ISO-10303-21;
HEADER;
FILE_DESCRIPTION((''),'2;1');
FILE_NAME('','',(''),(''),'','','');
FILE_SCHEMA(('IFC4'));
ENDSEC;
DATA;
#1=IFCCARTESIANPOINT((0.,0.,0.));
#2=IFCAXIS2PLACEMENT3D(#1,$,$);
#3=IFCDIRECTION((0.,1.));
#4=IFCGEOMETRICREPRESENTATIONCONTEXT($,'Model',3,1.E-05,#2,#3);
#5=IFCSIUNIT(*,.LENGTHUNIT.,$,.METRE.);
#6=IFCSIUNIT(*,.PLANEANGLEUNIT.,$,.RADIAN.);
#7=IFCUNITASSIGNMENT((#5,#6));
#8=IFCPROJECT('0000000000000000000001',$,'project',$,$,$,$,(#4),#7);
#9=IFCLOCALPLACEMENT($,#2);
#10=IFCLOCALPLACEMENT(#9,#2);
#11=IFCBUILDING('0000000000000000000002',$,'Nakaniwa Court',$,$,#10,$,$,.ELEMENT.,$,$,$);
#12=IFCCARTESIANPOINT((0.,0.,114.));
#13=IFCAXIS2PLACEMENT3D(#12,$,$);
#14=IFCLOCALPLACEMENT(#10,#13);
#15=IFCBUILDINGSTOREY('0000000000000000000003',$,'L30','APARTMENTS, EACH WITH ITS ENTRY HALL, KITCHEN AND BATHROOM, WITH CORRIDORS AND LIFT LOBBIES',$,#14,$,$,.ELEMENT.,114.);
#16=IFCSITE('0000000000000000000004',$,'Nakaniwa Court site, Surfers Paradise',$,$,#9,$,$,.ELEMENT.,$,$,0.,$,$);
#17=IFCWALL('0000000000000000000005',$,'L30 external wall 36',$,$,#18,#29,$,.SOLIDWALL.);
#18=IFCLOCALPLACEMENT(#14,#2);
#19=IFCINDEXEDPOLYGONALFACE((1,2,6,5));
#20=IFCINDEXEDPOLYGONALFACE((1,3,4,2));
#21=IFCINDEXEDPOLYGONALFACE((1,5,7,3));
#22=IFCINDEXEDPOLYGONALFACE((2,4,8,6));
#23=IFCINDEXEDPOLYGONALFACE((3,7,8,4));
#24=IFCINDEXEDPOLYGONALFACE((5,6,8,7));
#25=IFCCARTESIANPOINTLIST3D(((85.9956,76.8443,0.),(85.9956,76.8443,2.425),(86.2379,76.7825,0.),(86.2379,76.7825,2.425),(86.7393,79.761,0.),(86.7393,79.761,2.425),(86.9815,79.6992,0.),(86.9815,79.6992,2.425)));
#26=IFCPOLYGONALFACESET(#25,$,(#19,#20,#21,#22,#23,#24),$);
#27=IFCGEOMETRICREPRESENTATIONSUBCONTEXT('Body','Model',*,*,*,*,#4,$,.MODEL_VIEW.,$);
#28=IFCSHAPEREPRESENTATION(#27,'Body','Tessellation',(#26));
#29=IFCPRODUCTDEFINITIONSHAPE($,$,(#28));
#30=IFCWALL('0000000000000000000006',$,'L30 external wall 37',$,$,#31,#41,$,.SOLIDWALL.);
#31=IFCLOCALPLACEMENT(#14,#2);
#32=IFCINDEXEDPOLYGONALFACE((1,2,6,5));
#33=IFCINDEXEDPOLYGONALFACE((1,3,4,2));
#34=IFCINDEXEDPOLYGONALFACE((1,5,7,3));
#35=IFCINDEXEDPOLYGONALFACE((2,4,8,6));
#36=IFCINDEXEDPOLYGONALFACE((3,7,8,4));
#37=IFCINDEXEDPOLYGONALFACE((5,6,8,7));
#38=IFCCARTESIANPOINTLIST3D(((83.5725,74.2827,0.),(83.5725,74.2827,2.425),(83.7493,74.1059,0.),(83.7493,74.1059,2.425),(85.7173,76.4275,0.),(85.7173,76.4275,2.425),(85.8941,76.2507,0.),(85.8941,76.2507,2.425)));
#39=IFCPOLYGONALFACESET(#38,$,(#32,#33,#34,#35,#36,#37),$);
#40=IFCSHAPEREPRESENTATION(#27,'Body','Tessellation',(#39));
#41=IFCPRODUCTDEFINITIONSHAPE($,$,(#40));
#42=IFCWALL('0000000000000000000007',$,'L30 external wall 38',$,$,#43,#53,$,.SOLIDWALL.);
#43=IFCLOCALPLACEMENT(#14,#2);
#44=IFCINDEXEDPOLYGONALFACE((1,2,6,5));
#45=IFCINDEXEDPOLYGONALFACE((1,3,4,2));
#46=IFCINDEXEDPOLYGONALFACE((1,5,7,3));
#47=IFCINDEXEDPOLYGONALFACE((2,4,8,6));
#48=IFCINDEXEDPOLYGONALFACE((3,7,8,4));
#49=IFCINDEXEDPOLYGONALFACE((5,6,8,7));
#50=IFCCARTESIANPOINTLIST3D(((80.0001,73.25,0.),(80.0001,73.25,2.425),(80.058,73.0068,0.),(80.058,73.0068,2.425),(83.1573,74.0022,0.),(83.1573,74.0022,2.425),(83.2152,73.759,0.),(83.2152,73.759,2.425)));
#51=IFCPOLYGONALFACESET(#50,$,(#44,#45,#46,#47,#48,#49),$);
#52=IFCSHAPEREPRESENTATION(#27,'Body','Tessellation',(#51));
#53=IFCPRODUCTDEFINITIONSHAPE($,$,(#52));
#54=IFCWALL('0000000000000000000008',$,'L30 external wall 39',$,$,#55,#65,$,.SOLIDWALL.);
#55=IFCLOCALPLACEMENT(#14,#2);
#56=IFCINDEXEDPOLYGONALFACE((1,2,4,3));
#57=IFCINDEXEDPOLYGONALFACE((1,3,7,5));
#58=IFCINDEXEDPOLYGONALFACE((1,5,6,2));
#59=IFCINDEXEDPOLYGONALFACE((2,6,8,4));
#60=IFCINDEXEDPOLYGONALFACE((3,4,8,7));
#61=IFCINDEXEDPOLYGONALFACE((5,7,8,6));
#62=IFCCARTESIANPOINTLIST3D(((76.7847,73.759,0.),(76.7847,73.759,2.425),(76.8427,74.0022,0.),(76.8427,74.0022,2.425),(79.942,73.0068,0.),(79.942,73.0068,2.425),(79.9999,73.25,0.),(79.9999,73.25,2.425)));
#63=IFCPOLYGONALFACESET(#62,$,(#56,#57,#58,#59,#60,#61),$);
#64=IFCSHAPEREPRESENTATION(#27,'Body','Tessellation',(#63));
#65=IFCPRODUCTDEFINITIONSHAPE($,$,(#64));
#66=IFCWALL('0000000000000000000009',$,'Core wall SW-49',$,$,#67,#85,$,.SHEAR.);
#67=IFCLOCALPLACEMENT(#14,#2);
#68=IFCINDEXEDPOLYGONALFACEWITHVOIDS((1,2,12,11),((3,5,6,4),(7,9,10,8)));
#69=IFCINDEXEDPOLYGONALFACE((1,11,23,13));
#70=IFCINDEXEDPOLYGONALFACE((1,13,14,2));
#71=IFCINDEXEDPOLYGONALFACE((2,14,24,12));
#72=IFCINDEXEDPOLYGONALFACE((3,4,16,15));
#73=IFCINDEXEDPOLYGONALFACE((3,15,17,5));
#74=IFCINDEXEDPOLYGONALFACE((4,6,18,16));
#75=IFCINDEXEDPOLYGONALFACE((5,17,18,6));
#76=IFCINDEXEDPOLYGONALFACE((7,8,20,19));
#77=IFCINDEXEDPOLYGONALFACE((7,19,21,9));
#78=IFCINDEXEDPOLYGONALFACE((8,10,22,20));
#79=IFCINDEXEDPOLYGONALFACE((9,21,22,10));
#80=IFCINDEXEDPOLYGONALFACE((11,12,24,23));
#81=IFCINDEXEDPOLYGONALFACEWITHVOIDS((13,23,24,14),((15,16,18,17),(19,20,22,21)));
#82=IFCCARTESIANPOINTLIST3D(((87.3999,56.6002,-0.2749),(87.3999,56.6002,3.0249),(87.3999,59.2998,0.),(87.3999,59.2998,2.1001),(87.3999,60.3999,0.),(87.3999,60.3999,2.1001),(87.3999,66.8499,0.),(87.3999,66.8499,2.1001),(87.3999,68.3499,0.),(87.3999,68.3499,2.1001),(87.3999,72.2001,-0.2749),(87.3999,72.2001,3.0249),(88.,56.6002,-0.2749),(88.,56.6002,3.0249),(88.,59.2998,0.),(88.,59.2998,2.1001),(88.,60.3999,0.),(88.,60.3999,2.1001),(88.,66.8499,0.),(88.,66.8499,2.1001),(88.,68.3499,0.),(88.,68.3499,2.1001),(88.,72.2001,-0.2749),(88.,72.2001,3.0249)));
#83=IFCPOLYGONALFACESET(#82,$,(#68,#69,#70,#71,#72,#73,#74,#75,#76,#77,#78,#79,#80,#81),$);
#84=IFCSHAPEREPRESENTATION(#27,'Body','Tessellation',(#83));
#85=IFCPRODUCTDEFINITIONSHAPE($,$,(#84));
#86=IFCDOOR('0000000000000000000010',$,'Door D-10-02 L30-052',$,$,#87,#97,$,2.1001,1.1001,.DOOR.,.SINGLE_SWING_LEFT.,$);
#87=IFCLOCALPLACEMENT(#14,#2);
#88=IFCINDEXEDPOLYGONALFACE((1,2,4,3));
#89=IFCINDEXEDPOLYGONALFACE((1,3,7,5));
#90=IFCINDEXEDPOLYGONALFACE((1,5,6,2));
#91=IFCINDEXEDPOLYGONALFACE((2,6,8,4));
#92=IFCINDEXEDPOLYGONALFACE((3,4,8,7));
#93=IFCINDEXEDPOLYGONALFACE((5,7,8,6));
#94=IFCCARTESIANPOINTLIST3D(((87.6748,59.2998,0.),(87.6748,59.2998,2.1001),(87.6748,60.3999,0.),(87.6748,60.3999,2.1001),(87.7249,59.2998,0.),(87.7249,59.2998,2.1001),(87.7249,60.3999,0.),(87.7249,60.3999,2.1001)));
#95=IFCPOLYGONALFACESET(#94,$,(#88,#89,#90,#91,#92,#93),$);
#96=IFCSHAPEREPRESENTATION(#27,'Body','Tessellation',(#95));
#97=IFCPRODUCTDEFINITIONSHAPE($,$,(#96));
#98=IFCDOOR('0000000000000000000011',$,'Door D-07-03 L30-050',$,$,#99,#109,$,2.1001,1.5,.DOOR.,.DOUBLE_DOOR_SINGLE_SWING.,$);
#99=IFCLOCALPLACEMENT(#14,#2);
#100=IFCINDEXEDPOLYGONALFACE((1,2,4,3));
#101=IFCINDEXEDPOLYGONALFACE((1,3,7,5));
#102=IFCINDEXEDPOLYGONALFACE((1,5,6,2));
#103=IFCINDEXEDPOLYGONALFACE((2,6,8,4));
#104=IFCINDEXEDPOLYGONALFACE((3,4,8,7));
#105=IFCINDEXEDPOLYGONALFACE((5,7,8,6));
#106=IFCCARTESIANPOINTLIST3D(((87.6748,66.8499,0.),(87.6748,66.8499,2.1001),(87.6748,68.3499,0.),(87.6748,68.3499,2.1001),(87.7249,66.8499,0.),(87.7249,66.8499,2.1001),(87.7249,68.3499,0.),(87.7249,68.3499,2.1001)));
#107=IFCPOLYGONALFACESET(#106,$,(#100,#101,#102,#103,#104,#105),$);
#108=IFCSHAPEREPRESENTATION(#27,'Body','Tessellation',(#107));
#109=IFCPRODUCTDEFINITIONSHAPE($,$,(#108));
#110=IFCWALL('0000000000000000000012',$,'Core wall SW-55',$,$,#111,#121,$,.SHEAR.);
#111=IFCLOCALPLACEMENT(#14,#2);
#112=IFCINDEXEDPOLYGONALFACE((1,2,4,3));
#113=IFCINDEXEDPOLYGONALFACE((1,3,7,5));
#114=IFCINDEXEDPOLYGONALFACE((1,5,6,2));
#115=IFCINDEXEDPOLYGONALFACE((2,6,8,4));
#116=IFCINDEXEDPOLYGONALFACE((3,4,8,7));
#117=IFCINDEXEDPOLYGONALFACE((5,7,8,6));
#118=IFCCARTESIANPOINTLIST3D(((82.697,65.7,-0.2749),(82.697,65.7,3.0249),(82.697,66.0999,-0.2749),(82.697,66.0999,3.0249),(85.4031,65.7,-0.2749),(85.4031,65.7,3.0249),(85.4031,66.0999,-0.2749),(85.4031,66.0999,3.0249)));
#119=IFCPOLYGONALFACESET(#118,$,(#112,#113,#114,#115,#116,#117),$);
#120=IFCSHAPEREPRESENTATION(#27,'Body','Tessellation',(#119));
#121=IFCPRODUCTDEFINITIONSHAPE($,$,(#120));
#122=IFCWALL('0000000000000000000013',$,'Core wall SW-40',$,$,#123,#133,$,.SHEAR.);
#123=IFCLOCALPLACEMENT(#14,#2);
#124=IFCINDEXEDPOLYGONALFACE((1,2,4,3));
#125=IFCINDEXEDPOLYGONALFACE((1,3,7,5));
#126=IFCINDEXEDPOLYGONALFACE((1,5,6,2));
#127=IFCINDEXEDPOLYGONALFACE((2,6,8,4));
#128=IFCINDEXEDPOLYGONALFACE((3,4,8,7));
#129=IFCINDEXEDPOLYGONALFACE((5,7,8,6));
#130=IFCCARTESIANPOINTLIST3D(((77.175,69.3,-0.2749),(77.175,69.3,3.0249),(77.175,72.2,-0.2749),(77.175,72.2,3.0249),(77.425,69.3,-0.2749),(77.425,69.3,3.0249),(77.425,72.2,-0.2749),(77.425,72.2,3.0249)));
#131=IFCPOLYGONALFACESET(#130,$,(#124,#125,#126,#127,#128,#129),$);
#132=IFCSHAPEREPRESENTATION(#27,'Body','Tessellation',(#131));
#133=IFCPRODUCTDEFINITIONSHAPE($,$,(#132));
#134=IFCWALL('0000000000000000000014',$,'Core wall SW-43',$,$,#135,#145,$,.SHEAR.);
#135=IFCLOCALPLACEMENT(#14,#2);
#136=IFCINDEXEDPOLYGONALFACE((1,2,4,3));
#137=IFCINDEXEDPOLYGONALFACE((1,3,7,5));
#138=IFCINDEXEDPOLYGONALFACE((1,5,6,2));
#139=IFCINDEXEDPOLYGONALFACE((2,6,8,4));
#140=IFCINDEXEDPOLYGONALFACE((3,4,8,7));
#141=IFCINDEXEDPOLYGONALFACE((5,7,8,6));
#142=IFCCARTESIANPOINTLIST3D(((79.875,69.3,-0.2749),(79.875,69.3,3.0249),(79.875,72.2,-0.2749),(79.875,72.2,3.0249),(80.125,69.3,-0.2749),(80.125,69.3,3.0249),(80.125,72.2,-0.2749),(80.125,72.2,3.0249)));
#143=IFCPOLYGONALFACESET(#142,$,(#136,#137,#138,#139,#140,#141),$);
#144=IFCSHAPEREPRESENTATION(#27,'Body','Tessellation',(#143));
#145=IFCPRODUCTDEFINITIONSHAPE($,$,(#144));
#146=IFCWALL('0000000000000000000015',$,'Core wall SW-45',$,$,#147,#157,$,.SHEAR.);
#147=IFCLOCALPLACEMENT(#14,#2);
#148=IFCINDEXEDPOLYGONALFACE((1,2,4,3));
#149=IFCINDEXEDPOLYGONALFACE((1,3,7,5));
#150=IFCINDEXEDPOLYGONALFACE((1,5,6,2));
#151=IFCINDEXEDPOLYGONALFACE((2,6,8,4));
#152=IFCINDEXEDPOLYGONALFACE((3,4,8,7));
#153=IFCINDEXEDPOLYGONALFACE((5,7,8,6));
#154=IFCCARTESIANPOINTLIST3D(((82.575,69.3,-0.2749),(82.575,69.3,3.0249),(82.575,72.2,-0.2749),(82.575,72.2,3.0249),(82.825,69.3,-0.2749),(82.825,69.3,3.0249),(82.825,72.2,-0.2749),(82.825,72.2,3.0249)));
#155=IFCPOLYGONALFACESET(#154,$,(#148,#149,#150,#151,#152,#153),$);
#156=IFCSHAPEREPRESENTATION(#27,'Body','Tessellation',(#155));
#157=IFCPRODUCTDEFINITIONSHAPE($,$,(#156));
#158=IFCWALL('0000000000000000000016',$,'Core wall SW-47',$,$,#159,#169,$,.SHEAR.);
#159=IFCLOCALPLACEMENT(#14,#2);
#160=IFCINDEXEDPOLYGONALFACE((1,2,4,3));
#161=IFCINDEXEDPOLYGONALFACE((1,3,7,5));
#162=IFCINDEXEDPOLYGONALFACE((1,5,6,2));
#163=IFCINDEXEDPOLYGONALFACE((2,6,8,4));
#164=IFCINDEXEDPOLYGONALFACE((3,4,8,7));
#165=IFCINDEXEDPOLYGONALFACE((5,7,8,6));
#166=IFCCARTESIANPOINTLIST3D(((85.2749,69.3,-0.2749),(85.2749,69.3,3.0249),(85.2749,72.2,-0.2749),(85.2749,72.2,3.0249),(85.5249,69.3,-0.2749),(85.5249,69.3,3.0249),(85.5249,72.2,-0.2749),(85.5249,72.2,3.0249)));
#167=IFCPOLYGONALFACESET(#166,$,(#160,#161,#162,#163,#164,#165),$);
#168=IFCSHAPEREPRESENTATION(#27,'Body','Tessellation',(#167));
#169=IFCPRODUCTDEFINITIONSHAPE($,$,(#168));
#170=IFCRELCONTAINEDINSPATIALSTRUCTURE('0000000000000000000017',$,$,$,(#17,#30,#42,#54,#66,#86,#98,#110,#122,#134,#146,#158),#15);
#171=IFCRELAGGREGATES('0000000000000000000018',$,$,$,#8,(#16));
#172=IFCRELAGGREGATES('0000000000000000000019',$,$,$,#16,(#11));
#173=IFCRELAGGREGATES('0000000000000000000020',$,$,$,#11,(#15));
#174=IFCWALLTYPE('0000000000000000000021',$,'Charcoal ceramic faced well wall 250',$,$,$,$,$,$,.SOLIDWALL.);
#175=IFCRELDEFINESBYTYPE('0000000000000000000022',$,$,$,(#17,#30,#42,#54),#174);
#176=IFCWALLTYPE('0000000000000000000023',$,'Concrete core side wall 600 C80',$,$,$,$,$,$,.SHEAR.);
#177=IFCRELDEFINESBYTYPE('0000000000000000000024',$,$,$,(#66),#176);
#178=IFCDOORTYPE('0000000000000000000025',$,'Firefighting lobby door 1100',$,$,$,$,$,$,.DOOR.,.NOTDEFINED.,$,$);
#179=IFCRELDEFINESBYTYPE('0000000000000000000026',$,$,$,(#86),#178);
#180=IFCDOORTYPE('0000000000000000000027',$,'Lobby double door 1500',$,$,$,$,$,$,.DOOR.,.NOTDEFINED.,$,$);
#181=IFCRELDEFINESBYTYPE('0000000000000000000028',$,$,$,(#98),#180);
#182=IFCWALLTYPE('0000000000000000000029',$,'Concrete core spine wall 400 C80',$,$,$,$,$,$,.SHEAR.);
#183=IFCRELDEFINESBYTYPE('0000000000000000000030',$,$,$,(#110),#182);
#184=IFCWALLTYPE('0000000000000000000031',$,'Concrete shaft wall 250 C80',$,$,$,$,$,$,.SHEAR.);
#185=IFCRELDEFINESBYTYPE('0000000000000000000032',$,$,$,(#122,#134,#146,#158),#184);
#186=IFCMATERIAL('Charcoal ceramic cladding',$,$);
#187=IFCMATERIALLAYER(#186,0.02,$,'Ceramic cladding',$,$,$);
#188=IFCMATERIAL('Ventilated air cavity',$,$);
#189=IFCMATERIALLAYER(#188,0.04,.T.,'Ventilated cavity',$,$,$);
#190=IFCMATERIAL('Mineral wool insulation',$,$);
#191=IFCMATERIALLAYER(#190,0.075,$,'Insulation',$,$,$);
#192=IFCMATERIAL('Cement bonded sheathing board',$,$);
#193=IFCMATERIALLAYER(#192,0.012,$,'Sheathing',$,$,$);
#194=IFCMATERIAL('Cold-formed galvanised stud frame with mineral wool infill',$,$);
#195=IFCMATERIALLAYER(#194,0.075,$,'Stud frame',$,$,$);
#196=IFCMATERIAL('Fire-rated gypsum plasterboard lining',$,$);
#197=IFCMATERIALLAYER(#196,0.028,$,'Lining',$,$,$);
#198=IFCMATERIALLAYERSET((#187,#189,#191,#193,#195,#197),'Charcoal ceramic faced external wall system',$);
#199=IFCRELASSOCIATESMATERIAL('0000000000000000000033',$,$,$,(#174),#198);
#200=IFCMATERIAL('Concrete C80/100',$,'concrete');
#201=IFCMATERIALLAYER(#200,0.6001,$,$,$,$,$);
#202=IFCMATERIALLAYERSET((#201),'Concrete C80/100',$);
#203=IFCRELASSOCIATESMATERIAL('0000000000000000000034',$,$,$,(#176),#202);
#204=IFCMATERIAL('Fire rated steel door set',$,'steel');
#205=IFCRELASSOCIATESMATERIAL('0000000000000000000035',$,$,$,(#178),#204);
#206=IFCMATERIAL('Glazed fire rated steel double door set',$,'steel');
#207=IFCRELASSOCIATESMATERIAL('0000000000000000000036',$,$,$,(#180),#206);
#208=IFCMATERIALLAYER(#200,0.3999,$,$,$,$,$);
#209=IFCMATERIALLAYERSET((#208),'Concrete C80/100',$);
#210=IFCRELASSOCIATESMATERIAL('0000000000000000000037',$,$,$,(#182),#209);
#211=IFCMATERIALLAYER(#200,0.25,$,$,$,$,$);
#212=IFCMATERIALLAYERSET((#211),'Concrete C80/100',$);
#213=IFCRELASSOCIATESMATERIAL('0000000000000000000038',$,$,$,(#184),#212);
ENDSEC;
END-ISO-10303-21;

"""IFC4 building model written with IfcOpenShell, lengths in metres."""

from ifc_helpers import new_model, si_unit, direction, frame, frame_2d, origin, place, context, subcontext, project, spatial, rectangle, extrude, material, layer, layer_set, type_object, element, fill, save


model = new_model("IFC4")

# Units and contexts
model_context = context("Model", 3, precision=1e-05, world=origin(), true_north=direction((0.0, 1.0)))
body_context = subcontext(model_context, "Body", "Model", "MODEL_VIEW")
ifc_project = project(units=[si_unit("LENGTHUNIT", "METRE"), si_unit("PLANEANGLEUNIT", "RADIAN")], contexts=[model_context])

# Site, building, storey
site_placement = place(None, origin())
site = spatial("IfcSite", under=ifc_project, at=site_placement, Name="Nakaniwa Court site, Surfers Paradise", CompositionType="ELEMENT", RefElevation=0.0)
building_placement = place(site_placement, origin())
building = spatial("IfcBuilding", under=site, at=building_placement, Name="Nakaniwa Court", CompositionType="ELEMENT")
storey_placement = place(building_placement, frame((0.0, 0.0, 114.0)))
storey = spatial("IfcBuildingStorey", under=building, at=storey_placement, Name="L30", Description="APARTMENTS, EACH WITH ITS ENTRY HALL, KITCHEN AND BATHROOM, WITH CORRIDORS AND LIFT LOBBIES", CompositionType="ELEMENT", Elevation=114.0)

# Shared definitions
ifc_material_1 = material(Name="Concrete C80/100", Category="concrete")

# Shared definitions
ifc_material_2 = material(Name="Fire rated steel door set", Category="steel")

# Walls
ifc_material_3 = material(Name="Charcoal ceramic cladding")
ifc_layer_1 = layer(ifc_material_3, 0.02, Name="Ceramic cladding")
ifc_material_4 = material(Name="Ventilated air cavity")
ifc_layer_2 = layer(ifc_material_4, 0.04, ventilated=True, Name="Ventilated cavity")
ifc_material_5 = material(Name="Mineral wool insulation")
ifc_layer_3 = layer(ifc_material_5, 0.075, Name="Insulation")
ifc_material_6 = material(Name="Cement bonded sheathing board")
ifc_layer_4 = layer(ifc_material_6, 0.012, Name="Sheathing")
ifc_material_7 = material(Name="Cold-formed galvanised stud frame with mineral wool infill")
ifc_layer_5 = layer(ifc_material_7, 0.075, Name="Stud frame")
ifc_material_8 = material(Name="Fire-rated gypsum plasterboard lining")
ifc_layer_6 = layer(ifc_material_8, 0.028, Name="Lining")
ifc_layer_set_1 = layer_set([ifc_layer_1, ifc_layer_2, ifc_layer_3, ifc_layer_4, ifc_layer_5, ifc_layer_6], Name="Charcoal ceramic faced external wall system")
wall_type_1 = type_object("IfcWallType", Name="Charcoal ceramic faced well wall 250", PredefinedType="SOLIDWALL", material=ifc_layer_set_1)
wall_1_placement = place(storey_placement, frame((86.8604, 79.73, 0.0), z_axis=(0.0, 0.0, 1.0), x_axis=(-0.247056, -0.969001, 0.0)))
element("IfcWall", 1, at=wall_1_placement, inside=storey, type_object=wall_type_1, Name="L30 external wall 36", PredefinedType="SOLIDWALL", context=body_context, shape_type="SweptSolid", body=[
    extrude(rectangle(XDim=3.01, YDim=0.25, at=frame_2d((1.5049, 0.0))), origin(), (0.0, 0.0, 1.0), 2.425),
])
wall_2_placement = place(storey_placement, frame((85.8057, 76.3391, 0.0), z_axis=(0.0, 0.0, 1.0), x_axis=(-0.707107, -0.707107, 0.0)))
element("IfcWall", 2, at=wall_2_placement, inside=storey, type_object=wall_type_1, Name="L30 external wall 37", PredefinedType="SOLIDWALL", context=body_context, shape_type="SweptSolid", body=[
    extrude(rectangle(XDim=3.0332, YDim=0.25, at=frame_2d((1.5166, 0.0))), origin(), (0.0, 0.0, 1.0), 2.425),
])
for number, where, z_axis, x_axis, name in (
    (3, (83.1863, 73.8806, 0.0), (0.0, 0.0, 1.0), (-0.972773, -0.23176, 0.0), "L30 external wall 38"),
    (4, (79.9709, 73.1284, 0.0), (0.0, 0.0, 1.0), (-0.972773, 0.23176, 0.0), "L30 external wall 39"),
):
    element("IfcWall", number, at=place(storey_placement, frame(where, z_axis=z_axis, x_axis=x_axis)), inside=storey, type_object=wall_type_1, Name=name, PredefinedType="SOLIDWALL", context=body_context, shape_type="SweptSolid", body=[
        extrude(rectangle(XDim=3.2456, YDim=0.25, at=frame_2d((1.6228, 0.0))), origin(), (0.0, 0.0, 1.0), 2.425),
    ])

# Wall, openings, doors
ifc_layer_7 = layer(ifc_material_1, 0.6001)
ifc_layer_set_2 = layer_set([ifc_layer_7], Name="Concrete C80/100")
wall_type_2 = type_object("IfcWallType", Name="Concrete core side wall 600 C80", PredefinedType="SHEAR", material=ifc_layer_set_2)
wall_3_placement = place(storey_placement, frame((87.7, 72.2, -0.2749), z_axis=(0.0, 0.0, 1.0), x_axis=(0.0, -1.0, 0.0)))
wall_3 = element("IfcWall", 5, at=wall_3_placement, inside=storey, type_object=wall_type_2, Name="Core wall SW-49", PredefinedType="SHEAR", context=body_context, shape_type="SweptSolid", body=[
    extrude(rectangle(XDim=15.5999, YDim=0.6001, at=frame_2d((7.7998, 0.0))), origin(), (0.0, 0.0, 1.0), 3.2998),
])
opening_1_placement = place(wall_3_placement, frame((3.8501, 0.0, 0.2749)))
opening_1 = element("IfcOpeningElement", 6, at=opening_1_placement, cuts=wall_3, PredefinedType="OPENING", context=body_context, shape_type="SweptSolid", body=[
    extrude(rectangle(XDim=1.5, YDim=2.1001, at=frame_2d((0.75, 1.05))), frame((0.0, 0.3101, 0.0), z_axis=(0.0, -1.0, 0.0), x_axis=(1.0, 0.0, 0.0)), (0.0, 0.0, 1.0), 0.6201),
])
opening_2_placement = place(wall_3_placement, frame((11.8, 0.0, 0.2749)))
opening_2 = element("IfcOpeningElement", 7, at=opening_2_placement, cuts=wall_3, PredefinedType="OPENING", context=body_context, shape_type="SweptSolid", body=[
    extrude(rectangle(XDim=1.1001, YDim=2.1001, at=frame_2d((0.55, 1.05))), frame((0.0, 0.3101, 0.0), z_axis=(0.0, -1.0, 0.0), x_axis=(1.0, 0.0, 0.0)), (0.0, 0.0, 1.0), 0.6201),
])
door_type_1 = type_object("IfcDoorType", Name="Firefighting lobby door 1100", OperationType="NOTDEFINED", PredefinedType="DOOR", material=ifc_material_2)
door_1_placement = place(opening_2_placement, origin())
door_1 = element("IfcDoor", 8, at=door_1_placement, inside=storey, type_object=door_type_1, Name="Door D-10-02 L30-052", OperationType="SINGLE_SWING_LEFT", OverallHeight=2.1001, OverallWidth=1.1001, PredefinedType="DOOR", context=body_context, shape_type="SweptSolid", body=[
    extrude(rectangle(XDim=1.1001, YDim=2.1001, at=frame_2d((0.55, 1.05))), frame((0.0, 0.0249, 0.0), z_axis=(0.0, -1.0, 0.0), x_axis=(1.0, 0.0, 0.0)), (0.0, 0.0, 1.0), 0.05),
])
fill(opening_2, door_1)
ifc_material_9 = material(Name="Glazed fire rated steel double door set", Category="steel")
door_type_2 = type_object("IfcDoorType", Name="Lobby double door 1500", OperationType="NOTDEFINED", PredefinedType="DOOR", material=ifc_material_9)
door_2_placement = place(opening_1_placement, origin())
door_2 = element("IfcDoor", 9, at=door_2_placement, inside=storey, type_object=door_type_2, Name="Door D-07-03 L30-050", OperationType="DOUBLE_DOOR_SINGLE_SWING", OverallHeight=2.1001, OverallWidth=1.5, PredefinedType="DOOR", context=body_context, shape_type="SweptSolid", body=[
    extrude(rectangle(XDim=1.5, YDim=2.1001, at=frame_2d((0.75, 1.05))), frame((0.0, 0.0249, 0.0), z_axis=(0.0, -1.0, 0.0), x_axis=(1.0, 0.0, 0.0)), (0.0, 0.0, 1.0), 0.05),
])
fill(opening_1, door_2)

# Walls
ifc_layer_8 = layer(ifc_material_1, 0.3999)
ifc_layer_set_3 = layer_set([ifc_layer_8], Name="Concrete C80/100")
wall_type_3 = type_object("IfcWallType", Name="Concrete core spine wall 400 C80", PredefinedType="SHEAR", material=ifc_layer_set_3)
wall_4_placement = place(storey_placement, frame((82.697, 65.8999, -0.2749), z_axis=(0.0, 0.0, 1.0), x_axis=(1.0, 0.0, 0.0)))
element("IfcWall", 10, at=wall_4_placement, inside=storey, type_object=wall_type_3, Name="Core wall SW-55", PredefinedType="SHEAR", context=body_context, shape_type="SweptSolid", body=[
    extrude(rectangle(XDim=2.7061, YDim=0.3999, at=frame_2d((1.353, 0.0))), origin(), (0.0, 0.0, 1.0), 3.2998),
])
ifc_layer_9 = layer(ifc_material_1, 0.25)
ifc_layer_set_4 = layer_set([ifc_layer_9], Name="Concrete C80/100")
wall_type_4 = type_object("IfcWallType", Name="Concrete shaft wall 250 C80", PredefinedType="SHEAR", material=ifc_layer_set_4)
for number, where, z_axis, x_axis, name in (
    (11, (77.3, 69.3, -0.2749), (0.0, 0.0, 1.0), (0.0, 1.0, 0.0), "Core wall SW-40"),
    (12, (80.0, 69.3, -0.2749), (0.0, 0.0, 1.0), (0.0, 1.0, 0.0), "Core wall SW-43"),
    (13, (82.7, 69.3, -0.2749), (0.0, 0.0, 1.0), (0.0, 1.0, 0.0), "Core wall SW-45"),
    (14, (85.3999, 69.3, -0.2749), (0.0, 0.0, 1.0), (0.0, 1.0, 0.0), "Core wall SW-47"),
):
    element("IfcWall", number, at=place(storey_placement, frame(where, z_axis=z_axis, x_axis=x_axis)), inside=storey, type_object=wall_type_4, Name=name, PredefinedType="SHEAR", context=body_context, shape_type="SweptSolid", body=[
        extrude(rectangle(XDim=2.8999, YDim=0.25, at=frame_2d((1.45, 0.0))), origin(), (0.0, 0.0, 1.0), 3.2998),
    ])

save(model, "model.ifc")
